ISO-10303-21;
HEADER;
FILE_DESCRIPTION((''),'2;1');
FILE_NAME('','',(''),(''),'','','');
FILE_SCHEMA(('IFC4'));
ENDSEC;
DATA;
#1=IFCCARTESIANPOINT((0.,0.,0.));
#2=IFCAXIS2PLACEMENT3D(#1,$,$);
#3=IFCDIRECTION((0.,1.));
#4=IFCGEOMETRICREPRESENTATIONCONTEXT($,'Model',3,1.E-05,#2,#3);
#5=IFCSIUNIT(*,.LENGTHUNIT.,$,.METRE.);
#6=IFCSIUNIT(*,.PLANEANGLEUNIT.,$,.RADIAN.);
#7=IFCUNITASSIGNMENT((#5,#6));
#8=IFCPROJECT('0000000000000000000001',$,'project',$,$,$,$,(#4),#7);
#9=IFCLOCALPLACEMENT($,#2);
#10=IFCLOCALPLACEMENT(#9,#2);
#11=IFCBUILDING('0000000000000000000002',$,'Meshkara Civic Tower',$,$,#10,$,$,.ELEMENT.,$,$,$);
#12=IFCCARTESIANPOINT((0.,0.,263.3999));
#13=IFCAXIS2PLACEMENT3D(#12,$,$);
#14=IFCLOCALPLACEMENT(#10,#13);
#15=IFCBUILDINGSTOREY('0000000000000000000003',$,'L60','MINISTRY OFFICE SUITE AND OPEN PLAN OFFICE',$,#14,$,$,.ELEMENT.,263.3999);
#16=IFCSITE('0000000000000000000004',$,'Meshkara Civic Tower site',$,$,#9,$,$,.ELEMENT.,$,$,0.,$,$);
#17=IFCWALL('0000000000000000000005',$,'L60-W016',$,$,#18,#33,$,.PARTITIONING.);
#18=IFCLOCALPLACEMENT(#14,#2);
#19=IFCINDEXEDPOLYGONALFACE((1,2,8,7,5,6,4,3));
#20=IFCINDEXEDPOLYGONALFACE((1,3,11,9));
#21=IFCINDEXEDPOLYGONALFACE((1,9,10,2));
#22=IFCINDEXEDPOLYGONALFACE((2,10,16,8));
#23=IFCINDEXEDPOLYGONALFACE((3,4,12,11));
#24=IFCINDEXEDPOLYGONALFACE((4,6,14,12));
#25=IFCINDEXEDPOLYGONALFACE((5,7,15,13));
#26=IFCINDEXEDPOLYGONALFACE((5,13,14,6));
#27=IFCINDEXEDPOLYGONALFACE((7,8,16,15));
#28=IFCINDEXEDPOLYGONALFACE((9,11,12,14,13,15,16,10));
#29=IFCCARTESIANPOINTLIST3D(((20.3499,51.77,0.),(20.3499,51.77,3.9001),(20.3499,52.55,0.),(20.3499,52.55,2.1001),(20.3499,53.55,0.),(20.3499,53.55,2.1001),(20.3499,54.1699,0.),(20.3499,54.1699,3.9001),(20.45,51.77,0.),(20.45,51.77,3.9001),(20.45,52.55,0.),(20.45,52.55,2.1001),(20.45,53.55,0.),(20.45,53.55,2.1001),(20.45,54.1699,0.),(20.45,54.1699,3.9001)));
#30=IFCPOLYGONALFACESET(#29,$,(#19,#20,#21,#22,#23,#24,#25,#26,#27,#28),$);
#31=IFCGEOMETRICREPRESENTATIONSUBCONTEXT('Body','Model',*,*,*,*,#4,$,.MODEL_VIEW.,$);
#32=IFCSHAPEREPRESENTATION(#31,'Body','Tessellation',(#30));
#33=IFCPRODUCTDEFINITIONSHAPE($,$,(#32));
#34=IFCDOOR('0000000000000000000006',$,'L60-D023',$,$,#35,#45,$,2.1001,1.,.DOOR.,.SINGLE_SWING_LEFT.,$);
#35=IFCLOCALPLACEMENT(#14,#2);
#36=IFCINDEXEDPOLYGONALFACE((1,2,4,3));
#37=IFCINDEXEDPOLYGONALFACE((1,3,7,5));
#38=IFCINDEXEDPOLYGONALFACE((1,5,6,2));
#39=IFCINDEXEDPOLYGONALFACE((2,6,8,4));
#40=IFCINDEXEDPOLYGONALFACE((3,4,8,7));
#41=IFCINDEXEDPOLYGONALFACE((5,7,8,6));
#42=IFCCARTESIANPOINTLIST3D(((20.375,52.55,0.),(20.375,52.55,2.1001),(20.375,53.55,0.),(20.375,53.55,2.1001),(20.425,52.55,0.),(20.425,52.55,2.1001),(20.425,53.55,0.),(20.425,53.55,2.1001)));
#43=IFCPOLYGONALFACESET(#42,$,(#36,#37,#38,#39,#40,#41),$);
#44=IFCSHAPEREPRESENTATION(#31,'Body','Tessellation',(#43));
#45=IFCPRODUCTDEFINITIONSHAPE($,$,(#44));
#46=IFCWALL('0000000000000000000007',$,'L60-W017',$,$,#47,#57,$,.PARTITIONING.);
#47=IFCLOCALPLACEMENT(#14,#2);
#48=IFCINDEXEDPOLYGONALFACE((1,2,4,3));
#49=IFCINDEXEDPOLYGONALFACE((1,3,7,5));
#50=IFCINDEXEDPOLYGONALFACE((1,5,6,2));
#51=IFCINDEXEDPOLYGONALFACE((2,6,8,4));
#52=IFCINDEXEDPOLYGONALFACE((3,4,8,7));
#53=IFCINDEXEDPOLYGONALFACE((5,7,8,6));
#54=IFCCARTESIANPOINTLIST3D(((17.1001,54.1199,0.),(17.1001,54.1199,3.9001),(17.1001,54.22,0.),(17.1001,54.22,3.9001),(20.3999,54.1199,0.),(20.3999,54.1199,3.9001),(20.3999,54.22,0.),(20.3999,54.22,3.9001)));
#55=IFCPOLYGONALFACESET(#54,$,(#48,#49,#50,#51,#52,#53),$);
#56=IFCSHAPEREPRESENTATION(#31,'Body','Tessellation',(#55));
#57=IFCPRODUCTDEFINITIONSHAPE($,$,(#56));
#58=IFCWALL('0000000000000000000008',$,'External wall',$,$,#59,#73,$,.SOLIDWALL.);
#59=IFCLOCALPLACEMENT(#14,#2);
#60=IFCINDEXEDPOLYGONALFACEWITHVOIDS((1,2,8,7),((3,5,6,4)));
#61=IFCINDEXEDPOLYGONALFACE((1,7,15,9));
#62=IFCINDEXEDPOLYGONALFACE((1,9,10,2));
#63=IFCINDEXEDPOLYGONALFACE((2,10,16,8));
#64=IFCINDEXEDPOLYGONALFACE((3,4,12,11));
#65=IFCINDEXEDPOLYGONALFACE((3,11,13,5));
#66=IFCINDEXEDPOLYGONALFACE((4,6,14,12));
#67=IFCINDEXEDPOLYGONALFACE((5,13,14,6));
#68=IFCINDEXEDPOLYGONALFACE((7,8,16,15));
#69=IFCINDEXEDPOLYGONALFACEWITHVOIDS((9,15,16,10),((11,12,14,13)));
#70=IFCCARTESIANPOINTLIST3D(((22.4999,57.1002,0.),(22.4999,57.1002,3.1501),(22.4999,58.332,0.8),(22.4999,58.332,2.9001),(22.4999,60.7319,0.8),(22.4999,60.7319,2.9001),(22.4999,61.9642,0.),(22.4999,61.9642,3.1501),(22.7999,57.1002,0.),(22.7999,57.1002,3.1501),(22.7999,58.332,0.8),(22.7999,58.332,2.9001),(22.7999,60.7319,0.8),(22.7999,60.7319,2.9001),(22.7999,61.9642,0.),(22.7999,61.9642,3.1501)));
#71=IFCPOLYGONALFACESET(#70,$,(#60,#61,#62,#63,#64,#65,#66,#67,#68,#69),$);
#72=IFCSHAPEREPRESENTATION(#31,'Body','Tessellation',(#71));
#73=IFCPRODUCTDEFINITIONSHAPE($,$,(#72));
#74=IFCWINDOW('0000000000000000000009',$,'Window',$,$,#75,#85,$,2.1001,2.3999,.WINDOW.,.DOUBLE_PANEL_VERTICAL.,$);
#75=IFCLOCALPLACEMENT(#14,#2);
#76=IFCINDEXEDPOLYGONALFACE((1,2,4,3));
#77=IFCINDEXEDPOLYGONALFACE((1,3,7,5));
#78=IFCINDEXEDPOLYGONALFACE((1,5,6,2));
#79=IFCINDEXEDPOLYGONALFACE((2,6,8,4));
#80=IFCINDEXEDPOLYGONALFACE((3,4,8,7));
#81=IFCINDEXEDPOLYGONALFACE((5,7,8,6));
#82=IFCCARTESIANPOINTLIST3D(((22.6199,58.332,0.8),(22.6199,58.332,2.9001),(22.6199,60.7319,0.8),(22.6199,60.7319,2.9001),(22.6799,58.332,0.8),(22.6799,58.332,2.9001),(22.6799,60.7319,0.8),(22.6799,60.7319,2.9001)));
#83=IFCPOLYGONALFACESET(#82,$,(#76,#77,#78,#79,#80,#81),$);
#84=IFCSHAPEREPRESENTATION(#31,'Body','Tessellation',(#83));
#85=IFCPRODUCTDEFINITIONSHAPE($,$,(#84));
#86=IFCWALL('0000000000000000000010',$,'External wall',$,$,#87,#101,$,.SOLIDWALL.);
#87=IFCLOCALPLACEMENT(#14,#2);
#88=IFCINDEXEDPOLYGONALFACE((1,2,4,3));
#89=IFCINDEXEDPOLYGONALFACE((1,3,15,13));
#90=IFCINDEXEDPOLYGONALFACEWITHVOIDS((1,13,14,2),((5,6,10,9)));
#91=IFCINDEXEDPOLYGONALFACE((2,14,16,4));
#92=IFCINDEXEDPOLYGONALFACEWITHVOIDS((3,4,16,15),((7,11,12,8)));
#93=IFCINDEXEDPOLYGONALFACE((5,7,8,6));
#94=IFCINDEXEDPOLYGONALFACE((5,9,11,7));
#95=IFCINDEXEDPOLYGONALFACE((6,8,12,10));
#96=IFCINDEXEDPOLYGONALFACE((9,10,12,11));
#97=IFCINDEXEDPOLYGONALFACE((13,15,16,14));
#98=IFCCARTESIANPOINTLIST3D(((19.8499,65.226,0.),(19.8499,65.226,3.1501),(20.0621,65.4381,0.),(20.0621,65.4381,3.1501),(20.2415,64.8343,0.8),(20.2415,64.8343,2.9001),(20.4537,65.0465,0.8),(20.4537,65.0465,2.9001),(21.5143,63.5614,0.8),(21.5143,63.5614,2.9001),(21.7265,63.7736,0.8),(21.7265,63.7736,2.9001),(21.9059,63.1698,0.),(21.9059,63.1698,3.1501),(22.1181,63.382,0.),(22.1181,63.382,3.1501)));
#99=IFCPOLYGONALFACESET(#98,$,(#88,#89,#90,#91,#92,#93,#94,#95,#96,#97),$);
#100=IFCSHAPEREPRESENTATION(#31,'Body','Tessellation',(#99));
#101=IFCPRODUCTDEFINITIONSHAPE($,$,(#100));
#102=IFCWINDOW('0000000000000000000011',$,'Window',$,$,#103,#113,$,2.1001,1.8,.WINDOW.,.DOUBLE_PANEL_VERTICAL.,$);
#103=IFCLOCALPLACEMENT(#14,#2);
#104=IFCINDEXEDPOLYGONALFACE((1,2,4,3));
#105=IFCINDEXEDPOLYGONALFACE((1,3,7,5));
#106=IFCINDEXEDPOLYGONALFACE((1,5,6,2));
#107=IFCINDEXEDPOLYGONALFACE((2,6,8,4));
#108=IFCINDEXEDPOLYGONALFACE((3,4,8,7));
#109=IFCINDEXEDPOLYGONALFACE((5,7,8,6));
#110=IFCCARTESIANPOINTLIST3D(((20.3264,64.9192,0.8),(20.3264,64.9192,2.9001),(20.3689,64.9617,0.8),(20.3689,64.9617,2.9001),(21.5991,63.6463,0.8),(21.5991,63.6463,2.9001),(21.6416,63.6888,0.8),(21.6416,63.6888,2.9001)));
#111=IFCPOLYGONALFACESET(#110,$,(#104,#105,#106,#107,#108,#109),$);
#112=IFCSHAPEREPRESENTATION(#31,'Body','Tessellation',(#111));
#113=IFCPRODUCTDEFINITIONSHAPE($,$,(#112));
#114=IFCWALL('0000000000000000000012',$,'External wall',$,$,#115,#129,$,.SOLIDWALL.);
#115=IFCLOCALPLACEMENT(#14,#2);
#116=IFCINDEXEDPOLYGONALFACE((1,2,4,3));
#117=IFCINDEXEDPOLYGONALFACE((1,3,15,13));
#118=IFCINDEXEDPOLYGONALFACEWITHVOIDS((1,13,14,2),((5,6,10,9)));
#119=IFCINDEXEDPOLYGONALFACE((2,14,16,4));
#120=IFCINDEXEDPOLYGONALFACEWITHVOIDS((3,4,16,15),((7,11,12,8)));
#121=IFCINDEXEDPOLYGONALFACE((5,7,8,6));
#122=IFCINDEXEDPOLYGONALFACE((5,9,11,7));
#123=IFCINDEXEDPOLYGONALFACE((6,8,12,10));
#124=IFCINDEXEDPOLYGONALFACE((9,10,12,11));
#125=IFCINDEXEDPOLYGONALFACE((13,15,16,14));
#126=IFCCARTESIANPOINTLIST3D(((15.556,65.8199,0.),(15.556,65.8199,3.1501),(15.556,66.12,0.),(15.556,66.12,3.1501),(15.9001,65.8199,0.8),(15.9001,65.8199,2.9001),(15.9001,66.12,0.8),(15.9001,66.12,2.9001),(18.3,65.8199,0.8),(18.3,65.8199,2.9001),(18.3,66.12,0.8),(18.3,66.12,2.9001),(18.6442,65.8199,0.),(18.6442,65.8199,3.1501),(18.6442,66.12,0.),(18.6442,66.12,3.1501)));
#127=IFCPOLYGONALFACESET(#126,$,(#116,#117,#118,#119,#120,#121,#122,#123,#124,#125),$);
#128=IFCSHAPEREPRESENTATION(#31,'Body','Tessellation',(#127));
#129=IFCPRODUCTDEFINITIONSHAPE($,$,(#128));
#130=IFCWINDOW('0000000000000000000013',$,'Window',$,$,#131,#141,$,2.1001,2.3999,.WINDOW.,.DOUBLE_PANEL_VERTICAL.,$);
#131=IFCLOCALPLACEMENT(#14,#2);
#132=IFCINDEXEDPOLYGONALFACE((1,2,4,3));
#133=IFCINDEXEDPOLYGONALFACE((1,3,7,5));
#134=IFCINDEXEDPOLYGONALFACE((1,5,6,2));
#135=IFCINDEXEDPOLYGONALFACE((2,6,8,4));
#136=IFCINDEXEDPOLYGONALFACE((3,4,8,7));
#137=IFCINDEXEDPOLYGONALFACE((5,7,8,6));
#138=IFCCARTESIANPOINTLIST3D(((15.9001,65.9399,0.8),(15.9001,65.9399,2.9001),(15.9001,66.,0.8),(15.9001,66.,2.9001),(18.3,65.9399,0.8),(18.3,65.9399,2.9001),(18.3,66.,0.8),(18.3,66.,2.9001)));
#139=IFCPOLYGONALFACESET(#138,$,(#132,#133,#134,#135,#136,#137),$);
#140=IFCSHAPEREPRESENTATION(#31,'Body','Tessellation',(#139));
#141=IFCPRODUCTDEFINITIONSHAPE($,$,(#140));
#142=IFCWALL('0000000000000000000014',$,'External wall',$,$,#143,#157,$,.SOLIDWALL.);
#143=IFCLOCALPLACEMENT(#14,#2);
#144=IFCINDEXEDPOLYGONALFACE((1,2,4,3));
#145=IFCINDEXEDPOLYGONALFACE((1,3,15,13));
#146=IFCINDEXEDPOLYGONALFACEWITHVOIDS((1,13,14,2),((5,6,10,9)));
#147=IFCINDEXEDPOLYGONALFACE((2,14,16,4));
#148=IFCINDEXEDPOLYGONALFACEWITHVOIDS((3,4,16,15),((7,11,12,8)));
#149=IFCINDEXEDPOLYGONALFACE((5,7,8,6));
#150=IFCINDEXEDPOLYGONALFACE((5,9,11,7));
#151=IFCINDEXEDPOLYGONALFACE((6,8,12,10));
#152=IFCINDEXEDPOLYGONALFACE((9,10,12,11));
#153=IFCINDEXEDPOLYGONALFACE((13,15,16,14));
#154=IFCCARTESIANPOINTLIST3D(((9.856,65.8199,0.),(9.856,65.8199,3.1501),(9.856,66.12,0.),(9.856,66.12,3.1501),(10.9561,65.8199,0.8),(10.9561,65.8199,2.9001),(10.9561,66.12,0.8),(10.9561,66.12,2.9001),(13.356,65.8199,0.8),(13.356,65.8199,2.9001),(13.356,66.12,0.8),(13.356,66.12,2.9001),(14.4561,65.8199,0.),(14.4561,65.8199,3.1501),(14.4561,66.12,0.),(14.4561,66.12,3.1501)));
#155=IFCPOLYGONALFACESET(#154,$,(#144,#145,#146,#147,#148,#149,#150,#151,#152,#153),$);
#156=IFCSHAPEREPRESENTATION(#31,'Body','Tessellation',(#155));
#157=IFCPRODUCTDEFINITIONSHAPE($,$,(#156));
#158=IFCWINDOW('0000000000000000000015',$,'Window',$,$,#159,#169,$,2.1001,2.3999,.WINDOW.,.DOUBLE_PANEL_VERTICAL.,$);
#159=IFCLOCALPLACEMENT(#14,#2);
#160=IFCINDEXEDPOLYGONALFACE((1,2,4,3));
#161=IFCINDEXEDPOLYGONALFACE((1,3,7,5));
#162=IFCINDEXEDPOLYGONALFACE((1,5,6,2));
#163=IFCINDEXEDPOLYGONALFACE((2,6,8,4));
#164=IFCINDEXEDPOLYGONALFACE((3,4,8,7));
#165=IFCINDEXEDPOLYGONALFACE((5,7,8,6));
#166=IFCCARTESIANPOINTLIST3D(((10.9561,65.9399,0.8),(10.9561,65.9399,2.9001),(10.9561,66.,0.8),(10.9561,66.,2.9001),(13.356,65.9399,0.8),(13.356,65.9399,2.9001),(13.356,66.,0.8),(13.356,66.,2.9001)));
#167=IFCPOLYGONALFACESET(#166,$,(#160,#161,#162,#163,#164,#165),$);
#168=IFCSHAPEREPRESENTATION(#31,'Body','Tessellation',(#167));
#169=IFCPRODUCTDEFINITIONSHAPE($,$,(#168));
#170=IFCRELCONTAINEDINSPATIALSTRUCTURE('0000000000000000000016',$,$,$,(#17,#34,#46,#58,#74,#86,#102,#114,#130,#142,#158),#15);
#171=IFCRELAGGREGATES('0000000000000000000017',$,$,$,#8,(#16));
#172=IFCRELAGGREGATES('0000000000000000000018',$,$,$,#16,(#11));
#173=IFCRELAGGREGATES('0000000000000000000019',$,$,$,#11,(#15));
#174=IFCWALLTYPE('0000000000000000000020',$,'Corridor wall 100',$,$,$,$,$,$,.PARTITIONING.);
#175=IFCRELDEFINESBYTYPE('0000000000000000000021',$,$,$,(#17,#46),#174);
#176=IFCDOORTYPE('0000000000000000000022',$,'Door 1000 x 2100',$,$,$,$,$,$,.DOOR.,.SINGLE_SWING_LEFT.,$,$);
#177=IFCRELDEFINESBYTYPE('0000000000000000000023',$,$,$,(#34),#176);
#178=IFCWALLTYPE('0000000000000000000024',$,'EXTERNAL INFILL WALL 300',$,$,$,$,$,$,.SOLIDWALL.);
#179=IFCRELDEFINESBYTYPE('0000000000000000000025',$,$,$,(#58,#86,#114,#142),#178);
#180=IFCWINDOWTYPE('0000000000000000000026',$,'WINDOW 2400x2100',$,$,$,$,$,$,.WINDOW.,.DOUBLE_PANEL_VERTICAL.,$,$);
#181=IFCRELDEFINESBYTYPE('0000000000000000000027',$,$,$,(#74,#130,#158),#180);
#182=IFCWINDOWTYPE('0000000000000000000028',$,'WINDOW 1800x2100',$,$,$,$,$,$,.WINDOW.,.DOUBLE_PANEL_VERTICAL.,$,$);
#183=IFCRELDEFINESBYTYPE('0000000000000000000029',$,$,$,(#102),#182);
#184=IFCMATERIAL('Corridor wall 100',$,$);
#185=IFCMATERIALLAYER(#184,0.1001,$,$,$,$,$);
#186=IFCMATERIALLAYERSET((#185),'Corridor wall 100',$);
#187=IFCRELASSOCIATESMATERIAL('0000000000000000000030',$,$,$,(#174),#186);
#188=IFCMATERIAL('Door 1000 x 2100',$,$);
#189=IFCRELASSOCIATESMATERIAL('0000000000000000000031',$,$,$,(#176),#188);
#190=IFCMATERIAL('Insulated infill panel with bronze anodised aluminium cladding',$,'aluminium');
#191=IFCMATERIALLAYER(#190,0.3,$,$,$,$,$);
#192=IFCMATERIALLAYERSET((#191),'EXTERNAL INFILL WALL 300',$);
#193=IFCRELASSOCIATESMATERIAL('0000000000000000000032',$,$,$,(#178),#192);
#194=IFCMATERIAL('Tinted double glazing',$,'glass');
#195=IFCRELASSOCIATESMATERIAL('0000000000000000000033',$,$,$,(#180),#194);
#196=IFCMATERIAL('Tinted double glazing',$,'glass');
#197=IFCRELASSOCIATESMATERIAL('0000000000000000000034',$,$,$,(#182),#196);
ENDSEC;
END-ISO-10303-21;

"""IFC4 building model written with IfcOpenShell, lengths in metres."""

from ifc_helpers import new_model, si_unit, direction, frame, frame_2d, origin, place, context, subcontext, project, spatial, rectangle, extrude, material, layer, layer_set, type_object, element, fill, save


model = new_model("IFC4")

# Units and contexts
model_context = context("Model", 3, precision=1e-05, world=origin(), true_north=direction((0.0, 1.0)))
body_context = subcontext(model_context, "Body", "Model", "MODEL_VIEW")
ifc_project = project(units=[si_unit("LENGTHUNIT", "METRE"), si_unit("PLANEANGLEUNIT", "RADIAN")], contexts=[model_context])

# Site, building, storey
site_placement = place(None, origin())
site = spatial("IfcSite", under=ifc_project, at=site_placement, Name="Meshkara Civic Tower site", CompositionType="ELEMENT", RefElevation=0.0)
building_placement = place(site_placement, origin())
building = spatial("IfcBuilding", under=site, at=building_placement, Name="Meshkara Civic Tower", CompositionType="ELEMENT")
storey_placement = place(building_placement, frame((0.0, 0.0, 263.3999)))
storey = spatial("IfcBuildingStorey", under=building, at=storey_placement, Name="L60", Description="MINISTRY OFFICE SUITE AND OPEN PLAN OFFICE", CompositionType="ELEMENT", Elevation=263.3999)

# Shared definitions
ifc_material_1 = material(Name="Corridor wall 100")
ifc_layer_1 = layer(ifc_material_1, 0.1001)
ifc_layer_set_1 = layer_set([ifc_layer_1], Name="Corridor wall 100")
wall_type_1 = type_object("IfcWallType", Name="Corridor wall 100", PredefinedType="PARTITIONING", material=ifc_layer_set_1)

# Wall, opening, door
wall_1_placement = place(storey_placement, frame((20.3999, 51.77, 0.0), z_axis=(0.0, 0.0, 1.0), x_axis=(0.0, 1.0, 0.0)))
wall_1 = element("IfcWall", 1, at=wall_1_placement, inside=storey, type_object=wall_type_1, Name="L60-W016", PredefinedType="PARTITIONING", context=body_context, shape_type="SweptSolid", body=[
    extrude(rectangle(XDim=2.3999, YDim=0.1001, at=frame_2d((1.2, 0.0))), origin(), (0.0, 0.0, 1.0), 3.9001),
])
opening_1_placement = place(wall_1_placement, frame((0.78, 0.0, 0.0)))
opening_1 = element("IfcOpeningElement", 2, at=opening_1_placement, cuts=wall_1, PredefinedType="OPENING", context=body_context, shape_type="SweptSolid", body=[
    extrude(rectangle(XDim=1.0, YDim=2.1001, at=frame_2d((0.5, 1.05))), frame((0.0, 0.0601, 0.0), z_axis=(0.0, -1.0, 0.0), x_axis=(1.0, 0.0, 0.0)), (0.0, 0.0, 1.0), 0.1201),
])
ifc_material_2 = material(Name="Door 1000 x 2100")
door_type_1 = type_object("IfcDoorType", Name="Door 1000 x 2100", OperationType="SINGLE_SWING_LEFT", PredefinedType="DOOR", material=ifc_material_2)
door_1_placement = place(opening_1_placement, origin())
door_1 = element("IfcDoor", 3, at=door_1_placement, inside=storey, type_object=door_type_1, Name="L60-D023", OperationType="SINGLE_SWING_LEFT", OverallHeight=2.1001, OverallWidth=1.0, PredefinedType="DOOR", context=body_context, shape_type="SweptSolid", body=[
    extrude(rectangle(XDim=1.0, YDim=2.1001, at=frame_2d((0.5, 1.05))), frame((0.0, 0.0249, 0.0), z_axis=(0.0, -1.0, 0.0), x_axis=(1.0, 0.0, 0.0)), (0.0, 0.0, 1.0), 0.05),
])
fill(opening_1, door_1)

# Wall
wall_2_placement = place(storey_placement, frame((20.3999, 54.1699, 0.0), z_axis=(0.0, 0.0, 1.0), x_axis=(-1.0, 0.0, 0.0)))
element("IfcWall", 4, at=wall_2_placement, inside=storey, type_object=wall_type_1, Name="L60-W017", PredefinedType="PARTITIONING", context=body_context, shape_type="SweptSolid", body=[
    extrude(rectangle(XDim=3.2998, YDim=0.1001, at=frame_2d((1.6499, 0.0))), origin(), (0.0, 0.0, 1.0), 3.9001),
])

# Walls, openings, windows
ifc_material_3 = material(Name="Insulated infill panel with bronze anodised aluminium cladding", Category="aluminium")
ifc_layer_2 = layer(ifc_material_3, 0.3)
ifc_layer_set_2 = layer_set([ifc_layer_2], Name="EXTERNAL INFILL WALL 300")
wall_type_2 = type_object("IfcWallType", Name="EXTERNAL INFILL WALL 300", PredefinedType="SOLIDWALL", material=ifc_layer_set_2)
wall_3_placement = place(storey_placement, frame((22.6499, 57.1001, 0.0), z_axis=(0.0, 0.0, 1.0), x_axis=(0.0, 1.0, 0.0)))
wall_3 = element("IfcWall", 5, at=wall_3_placement, inside=storey, type_object=wall_type_2, Name="External wall", PredefinedType="SOLIDWALL", context=body_context, shape_type="SweptSolid", body=[
    extrude(rectangle(XDim=4.864, YDim=0.3, at=frame_2d((2.4321, 0.0))), origin(), (0.0, 0.0, 1.0), 3.1501),
])
opening_2_placement = place(wall_3_placement, frame((1.2319, 0.0, 0.8)))
opening_2 = element("IfcOpeningElement", 6, at=opening_2_placement, cuts=wall_3, PredefinedType="OPENING", context=body_context, shape_type="SweptSolid", body=[
    extrude(rectangle(XDim=2.3999, YDim=2.1001, at=frame_2d((1.2, 1.05))), frame((0.0, 0.1599, 0.0), z_axis=(0.0, -1.0, 0.0), x_axis=(1.0, 0.0, 0.0)), (0.0, 0.0, 1.0), 0.3201),
])
ifc_material_4 = material(Name="Tinted double glazing", Category="glass")
window_type_1 = type_object("IfcWindowType", Name="WINDOW 2400x2100", PartitioningType="DOUBLE_PANEL_VERTICAL", PredefinedType="WINDOW", material=ifc_material_4)
window_1_placement = place(opening_2_placement, origin())
window_1 = element("IfcWindow", 7, at=window_1_placement, inside=storey, type_object=window_type_1, Name="Window", OverallHeight=2.1001, OverallWidth=2.3999, PartitioningType="DOUBLE_PANEL_VERTICAL", PredefinedType="WINDOW", context=body_context, shape_type="SweptSolid", body=[
    extrude(rectangle(XDim=2.3999, YDim=2.1001, at=frame_2d((1.2, 1.05))), frame((0.0, 0.03, 0.0), z_axis=(0.0, -1.0, 0.0), x_axis=(1.0, 0.0, 0.0)), (0.0, 0.0, 1.0), 0.0601),
])
fill(opening_2, window_1)
wall_4_placement = place(storey_placement, frame((22.012, 63.2759, 0.0), z_axis=(0.0, 0.0, 1.0), x_axis=(-0.707065, 0.707149, 0.0)))
wall_4 = element("IfcWall", 8, at=wall_4_placement, inside=storey, type_object=wall_type_2, Name="External wall", PredefinedType="SOLIDWALL", context=body_context, shape_type="SweptSolid", body=[
    extrude(rectangle(XDim=2.9077, YDim=0.3, at=frame_2d((1.4539, 0.0))), origin(), (0.0, 0.0, 1.0), 3.1501),
])
opening_3_placement = place(wall_4_placement, frame((0.554, 0.0, 0.8)))
opening_3 = element("IfcOpeningElement", 9, at=opening_3_placement, cuts=wall_4, PredefinedType="OPENING", context=body_context, shape_type="SweptSolid", body=[
    extrude(rectangle(XDim=1.8, YDim=2.1001, at=frame_2d((0.8999, 1.05))), frame((0.0, 0.1599, 0.0), z_axis=(0.0, -1.0, 0.0), x_axis=(1.0, 0.0, 0.0)), (0.0, 0.0, 1.0), 0.3201),
])
ifc_material_5 = material(Name="Tinted double glazing", Category="glass")
window_type_2 = type_object("IfcWindowType", Name="WINDOW 1800x2100", PartitioningType="DOUBLE_PANEL_VERTICAL", PredefinedType="WINDOW", material=ifc_material_5)
window_2_placement = place(opening_3_placement, origin())
window_2 = element("IfcWindow", 10, at=window_2_placement, inside=storey, type_object=window_type_2, Name="Window", OverallHeight=2.1001, OverallWidth=1.8, PartitioningType="DOUBLE_PANEL_VERTICAL", PredefinedType="WINDOW", context=body_context, shape_type="SweptSolid", body=[
    extrude(rectangle(XDim=1.8, YDim=2.1001, at=frame_2d((0.8999, 1.05))), frame((0.0, 0.03, 0.0), z_axis=(0.0, -1.0, 0.0), x_axis=(1.0, 0.0, 0.0)), (0.0, 0.0, 1.0), 0.0601),
])
fill(opening_3, window_2)
wall_5_placement = place(storey_placement, frame((18.644, 65.97, 0.0), z_axis=(0.0, 0.0, 1.0), x_axis=(-1.0, 0.0, 0.0)))
wall_5 = element("IfcWall", 11, at=wall_5_placement, inside=storey, type_object=wall_type_2, Name="External wall", PredefinedType="SOLIDWALL", context=body_context, shape_type="SweptSolid", body=[
    extrude(rectangle(XDim=3.0881, YDim=0.3, at=frame_2d((1.5439, 0.0))), origin(), (0.0, 0.0, 1.0), 3.1501),
])
opening_4_placement = place(wall_5_placement, frame((0.344, 0.0, 0.8)))
opening_4 = element("IfcOpeningElement", 12, at=opening_4_placement, cuts=wall_5, PredefinedType="OPENING", context=body_context, shape_type="SweptSolid", body=[
    extrude(rectangle(XDim=2.3999, YDim=2.1001, at=frame_2d((1.2, 1.05))), frame((0.0, 0.1599, 0.0), z_axis=(0.0, -1.0, 0.0), x_axis=(1.0, 0.0, 0.0)), (0.0, 0.0, 1.0), 0.3201),
])
window_3_placement = place(opening_4_placement, origin())
window_3 = element("IfcWindow", 13, at=window_3_placement, inside=storey, type_object=window_type_1, Name="Window", OverallHeight=2.1001, OverallWidth=2.3999, PartitioningType="DOUBLE_PANEL_VERTICAL", PredefinedType="WINDOW", context=body_context, shape_type="SweptSolid", body=[
    extrude(rectangle(XDim=2.3999, YDim=2.1001, at=frame_2d((1.2, 1.05))), frame((0.0, 0.03, 0.0), z_axis=(0.0, -1.0, 0.0), x_axis=(1.0, 0.0, 0.0)), (0.0, 0.0, 1.0), 0.0601),
])
fill(opening_4, window_3)
wall_6_placement = place(storey_placement, frame((14.4561, 65.97, 0.0), z_axis=(0.0, 0.0, 1.0), x_axis=(-1.0, 0.0, 0.0)))
wall_6 = element("IfcWall", 14, at=wall_6_placement, inside=storey, type_object=wall_type_2, Name="External wall", PredefinedType="SOLIDWALL", context=body_context, shape_type="SweptSolid", body=[
    extrude(rectangle(XDim=4.6001, YDim=0.3, at=frame_2d((2.3, 0.0))), origin(), (0.0, 0.0, 1.0), 3.1501),
])
opening_5_placement = place(wall_6_placement, frame((1.1001, 0.0, 0.8)))
opening_5 = element("IfcOpeningElement", 15, at=opening_5_placement, cuts=wall_6, PredefinedType="OPENING", context=body_context, shape_type="SweptSolid", body=[
    extrude(rectangle(XDim=2.3999, YDim=2.1001, at=frame_2d((1.2, 1.05))), frame((0.0, 0.1599, 0.0), z_axis=(0.0, -1.0, 0.0), x_axis=(1.0, 0.0, 0.0)), (0.0, 0.0, 1.0), 0.3201),
])
window_4_placement = place(opening_5_placement, origin())
window_4 = element("IfcWindow", 16, at=window_4_placement, inside=storey, type_object=window_type_1, Name="Window", OverallHeight=2.1001, OverallWidth=2.3999, PartitioningType="DOUBLE_PANEL_VERTICAL", PredefinedType="WINDOW", context=body_context, shape_type="SweptSolid", body=[
    extrude(rectangle(XDim=2.3999, YDim=2.1001, at=frame_2d((1.2, 1.05))), frame((0.0, 0.03, 0.0), z_axis=(0.0, -1.0, 0.0), x_axis=(1.0, 0.0, 0.0)), (0.0, 0.0, 1.0), 0.0601),
])
fill(opening_5, window_4)

save(model, "model.ifc")
